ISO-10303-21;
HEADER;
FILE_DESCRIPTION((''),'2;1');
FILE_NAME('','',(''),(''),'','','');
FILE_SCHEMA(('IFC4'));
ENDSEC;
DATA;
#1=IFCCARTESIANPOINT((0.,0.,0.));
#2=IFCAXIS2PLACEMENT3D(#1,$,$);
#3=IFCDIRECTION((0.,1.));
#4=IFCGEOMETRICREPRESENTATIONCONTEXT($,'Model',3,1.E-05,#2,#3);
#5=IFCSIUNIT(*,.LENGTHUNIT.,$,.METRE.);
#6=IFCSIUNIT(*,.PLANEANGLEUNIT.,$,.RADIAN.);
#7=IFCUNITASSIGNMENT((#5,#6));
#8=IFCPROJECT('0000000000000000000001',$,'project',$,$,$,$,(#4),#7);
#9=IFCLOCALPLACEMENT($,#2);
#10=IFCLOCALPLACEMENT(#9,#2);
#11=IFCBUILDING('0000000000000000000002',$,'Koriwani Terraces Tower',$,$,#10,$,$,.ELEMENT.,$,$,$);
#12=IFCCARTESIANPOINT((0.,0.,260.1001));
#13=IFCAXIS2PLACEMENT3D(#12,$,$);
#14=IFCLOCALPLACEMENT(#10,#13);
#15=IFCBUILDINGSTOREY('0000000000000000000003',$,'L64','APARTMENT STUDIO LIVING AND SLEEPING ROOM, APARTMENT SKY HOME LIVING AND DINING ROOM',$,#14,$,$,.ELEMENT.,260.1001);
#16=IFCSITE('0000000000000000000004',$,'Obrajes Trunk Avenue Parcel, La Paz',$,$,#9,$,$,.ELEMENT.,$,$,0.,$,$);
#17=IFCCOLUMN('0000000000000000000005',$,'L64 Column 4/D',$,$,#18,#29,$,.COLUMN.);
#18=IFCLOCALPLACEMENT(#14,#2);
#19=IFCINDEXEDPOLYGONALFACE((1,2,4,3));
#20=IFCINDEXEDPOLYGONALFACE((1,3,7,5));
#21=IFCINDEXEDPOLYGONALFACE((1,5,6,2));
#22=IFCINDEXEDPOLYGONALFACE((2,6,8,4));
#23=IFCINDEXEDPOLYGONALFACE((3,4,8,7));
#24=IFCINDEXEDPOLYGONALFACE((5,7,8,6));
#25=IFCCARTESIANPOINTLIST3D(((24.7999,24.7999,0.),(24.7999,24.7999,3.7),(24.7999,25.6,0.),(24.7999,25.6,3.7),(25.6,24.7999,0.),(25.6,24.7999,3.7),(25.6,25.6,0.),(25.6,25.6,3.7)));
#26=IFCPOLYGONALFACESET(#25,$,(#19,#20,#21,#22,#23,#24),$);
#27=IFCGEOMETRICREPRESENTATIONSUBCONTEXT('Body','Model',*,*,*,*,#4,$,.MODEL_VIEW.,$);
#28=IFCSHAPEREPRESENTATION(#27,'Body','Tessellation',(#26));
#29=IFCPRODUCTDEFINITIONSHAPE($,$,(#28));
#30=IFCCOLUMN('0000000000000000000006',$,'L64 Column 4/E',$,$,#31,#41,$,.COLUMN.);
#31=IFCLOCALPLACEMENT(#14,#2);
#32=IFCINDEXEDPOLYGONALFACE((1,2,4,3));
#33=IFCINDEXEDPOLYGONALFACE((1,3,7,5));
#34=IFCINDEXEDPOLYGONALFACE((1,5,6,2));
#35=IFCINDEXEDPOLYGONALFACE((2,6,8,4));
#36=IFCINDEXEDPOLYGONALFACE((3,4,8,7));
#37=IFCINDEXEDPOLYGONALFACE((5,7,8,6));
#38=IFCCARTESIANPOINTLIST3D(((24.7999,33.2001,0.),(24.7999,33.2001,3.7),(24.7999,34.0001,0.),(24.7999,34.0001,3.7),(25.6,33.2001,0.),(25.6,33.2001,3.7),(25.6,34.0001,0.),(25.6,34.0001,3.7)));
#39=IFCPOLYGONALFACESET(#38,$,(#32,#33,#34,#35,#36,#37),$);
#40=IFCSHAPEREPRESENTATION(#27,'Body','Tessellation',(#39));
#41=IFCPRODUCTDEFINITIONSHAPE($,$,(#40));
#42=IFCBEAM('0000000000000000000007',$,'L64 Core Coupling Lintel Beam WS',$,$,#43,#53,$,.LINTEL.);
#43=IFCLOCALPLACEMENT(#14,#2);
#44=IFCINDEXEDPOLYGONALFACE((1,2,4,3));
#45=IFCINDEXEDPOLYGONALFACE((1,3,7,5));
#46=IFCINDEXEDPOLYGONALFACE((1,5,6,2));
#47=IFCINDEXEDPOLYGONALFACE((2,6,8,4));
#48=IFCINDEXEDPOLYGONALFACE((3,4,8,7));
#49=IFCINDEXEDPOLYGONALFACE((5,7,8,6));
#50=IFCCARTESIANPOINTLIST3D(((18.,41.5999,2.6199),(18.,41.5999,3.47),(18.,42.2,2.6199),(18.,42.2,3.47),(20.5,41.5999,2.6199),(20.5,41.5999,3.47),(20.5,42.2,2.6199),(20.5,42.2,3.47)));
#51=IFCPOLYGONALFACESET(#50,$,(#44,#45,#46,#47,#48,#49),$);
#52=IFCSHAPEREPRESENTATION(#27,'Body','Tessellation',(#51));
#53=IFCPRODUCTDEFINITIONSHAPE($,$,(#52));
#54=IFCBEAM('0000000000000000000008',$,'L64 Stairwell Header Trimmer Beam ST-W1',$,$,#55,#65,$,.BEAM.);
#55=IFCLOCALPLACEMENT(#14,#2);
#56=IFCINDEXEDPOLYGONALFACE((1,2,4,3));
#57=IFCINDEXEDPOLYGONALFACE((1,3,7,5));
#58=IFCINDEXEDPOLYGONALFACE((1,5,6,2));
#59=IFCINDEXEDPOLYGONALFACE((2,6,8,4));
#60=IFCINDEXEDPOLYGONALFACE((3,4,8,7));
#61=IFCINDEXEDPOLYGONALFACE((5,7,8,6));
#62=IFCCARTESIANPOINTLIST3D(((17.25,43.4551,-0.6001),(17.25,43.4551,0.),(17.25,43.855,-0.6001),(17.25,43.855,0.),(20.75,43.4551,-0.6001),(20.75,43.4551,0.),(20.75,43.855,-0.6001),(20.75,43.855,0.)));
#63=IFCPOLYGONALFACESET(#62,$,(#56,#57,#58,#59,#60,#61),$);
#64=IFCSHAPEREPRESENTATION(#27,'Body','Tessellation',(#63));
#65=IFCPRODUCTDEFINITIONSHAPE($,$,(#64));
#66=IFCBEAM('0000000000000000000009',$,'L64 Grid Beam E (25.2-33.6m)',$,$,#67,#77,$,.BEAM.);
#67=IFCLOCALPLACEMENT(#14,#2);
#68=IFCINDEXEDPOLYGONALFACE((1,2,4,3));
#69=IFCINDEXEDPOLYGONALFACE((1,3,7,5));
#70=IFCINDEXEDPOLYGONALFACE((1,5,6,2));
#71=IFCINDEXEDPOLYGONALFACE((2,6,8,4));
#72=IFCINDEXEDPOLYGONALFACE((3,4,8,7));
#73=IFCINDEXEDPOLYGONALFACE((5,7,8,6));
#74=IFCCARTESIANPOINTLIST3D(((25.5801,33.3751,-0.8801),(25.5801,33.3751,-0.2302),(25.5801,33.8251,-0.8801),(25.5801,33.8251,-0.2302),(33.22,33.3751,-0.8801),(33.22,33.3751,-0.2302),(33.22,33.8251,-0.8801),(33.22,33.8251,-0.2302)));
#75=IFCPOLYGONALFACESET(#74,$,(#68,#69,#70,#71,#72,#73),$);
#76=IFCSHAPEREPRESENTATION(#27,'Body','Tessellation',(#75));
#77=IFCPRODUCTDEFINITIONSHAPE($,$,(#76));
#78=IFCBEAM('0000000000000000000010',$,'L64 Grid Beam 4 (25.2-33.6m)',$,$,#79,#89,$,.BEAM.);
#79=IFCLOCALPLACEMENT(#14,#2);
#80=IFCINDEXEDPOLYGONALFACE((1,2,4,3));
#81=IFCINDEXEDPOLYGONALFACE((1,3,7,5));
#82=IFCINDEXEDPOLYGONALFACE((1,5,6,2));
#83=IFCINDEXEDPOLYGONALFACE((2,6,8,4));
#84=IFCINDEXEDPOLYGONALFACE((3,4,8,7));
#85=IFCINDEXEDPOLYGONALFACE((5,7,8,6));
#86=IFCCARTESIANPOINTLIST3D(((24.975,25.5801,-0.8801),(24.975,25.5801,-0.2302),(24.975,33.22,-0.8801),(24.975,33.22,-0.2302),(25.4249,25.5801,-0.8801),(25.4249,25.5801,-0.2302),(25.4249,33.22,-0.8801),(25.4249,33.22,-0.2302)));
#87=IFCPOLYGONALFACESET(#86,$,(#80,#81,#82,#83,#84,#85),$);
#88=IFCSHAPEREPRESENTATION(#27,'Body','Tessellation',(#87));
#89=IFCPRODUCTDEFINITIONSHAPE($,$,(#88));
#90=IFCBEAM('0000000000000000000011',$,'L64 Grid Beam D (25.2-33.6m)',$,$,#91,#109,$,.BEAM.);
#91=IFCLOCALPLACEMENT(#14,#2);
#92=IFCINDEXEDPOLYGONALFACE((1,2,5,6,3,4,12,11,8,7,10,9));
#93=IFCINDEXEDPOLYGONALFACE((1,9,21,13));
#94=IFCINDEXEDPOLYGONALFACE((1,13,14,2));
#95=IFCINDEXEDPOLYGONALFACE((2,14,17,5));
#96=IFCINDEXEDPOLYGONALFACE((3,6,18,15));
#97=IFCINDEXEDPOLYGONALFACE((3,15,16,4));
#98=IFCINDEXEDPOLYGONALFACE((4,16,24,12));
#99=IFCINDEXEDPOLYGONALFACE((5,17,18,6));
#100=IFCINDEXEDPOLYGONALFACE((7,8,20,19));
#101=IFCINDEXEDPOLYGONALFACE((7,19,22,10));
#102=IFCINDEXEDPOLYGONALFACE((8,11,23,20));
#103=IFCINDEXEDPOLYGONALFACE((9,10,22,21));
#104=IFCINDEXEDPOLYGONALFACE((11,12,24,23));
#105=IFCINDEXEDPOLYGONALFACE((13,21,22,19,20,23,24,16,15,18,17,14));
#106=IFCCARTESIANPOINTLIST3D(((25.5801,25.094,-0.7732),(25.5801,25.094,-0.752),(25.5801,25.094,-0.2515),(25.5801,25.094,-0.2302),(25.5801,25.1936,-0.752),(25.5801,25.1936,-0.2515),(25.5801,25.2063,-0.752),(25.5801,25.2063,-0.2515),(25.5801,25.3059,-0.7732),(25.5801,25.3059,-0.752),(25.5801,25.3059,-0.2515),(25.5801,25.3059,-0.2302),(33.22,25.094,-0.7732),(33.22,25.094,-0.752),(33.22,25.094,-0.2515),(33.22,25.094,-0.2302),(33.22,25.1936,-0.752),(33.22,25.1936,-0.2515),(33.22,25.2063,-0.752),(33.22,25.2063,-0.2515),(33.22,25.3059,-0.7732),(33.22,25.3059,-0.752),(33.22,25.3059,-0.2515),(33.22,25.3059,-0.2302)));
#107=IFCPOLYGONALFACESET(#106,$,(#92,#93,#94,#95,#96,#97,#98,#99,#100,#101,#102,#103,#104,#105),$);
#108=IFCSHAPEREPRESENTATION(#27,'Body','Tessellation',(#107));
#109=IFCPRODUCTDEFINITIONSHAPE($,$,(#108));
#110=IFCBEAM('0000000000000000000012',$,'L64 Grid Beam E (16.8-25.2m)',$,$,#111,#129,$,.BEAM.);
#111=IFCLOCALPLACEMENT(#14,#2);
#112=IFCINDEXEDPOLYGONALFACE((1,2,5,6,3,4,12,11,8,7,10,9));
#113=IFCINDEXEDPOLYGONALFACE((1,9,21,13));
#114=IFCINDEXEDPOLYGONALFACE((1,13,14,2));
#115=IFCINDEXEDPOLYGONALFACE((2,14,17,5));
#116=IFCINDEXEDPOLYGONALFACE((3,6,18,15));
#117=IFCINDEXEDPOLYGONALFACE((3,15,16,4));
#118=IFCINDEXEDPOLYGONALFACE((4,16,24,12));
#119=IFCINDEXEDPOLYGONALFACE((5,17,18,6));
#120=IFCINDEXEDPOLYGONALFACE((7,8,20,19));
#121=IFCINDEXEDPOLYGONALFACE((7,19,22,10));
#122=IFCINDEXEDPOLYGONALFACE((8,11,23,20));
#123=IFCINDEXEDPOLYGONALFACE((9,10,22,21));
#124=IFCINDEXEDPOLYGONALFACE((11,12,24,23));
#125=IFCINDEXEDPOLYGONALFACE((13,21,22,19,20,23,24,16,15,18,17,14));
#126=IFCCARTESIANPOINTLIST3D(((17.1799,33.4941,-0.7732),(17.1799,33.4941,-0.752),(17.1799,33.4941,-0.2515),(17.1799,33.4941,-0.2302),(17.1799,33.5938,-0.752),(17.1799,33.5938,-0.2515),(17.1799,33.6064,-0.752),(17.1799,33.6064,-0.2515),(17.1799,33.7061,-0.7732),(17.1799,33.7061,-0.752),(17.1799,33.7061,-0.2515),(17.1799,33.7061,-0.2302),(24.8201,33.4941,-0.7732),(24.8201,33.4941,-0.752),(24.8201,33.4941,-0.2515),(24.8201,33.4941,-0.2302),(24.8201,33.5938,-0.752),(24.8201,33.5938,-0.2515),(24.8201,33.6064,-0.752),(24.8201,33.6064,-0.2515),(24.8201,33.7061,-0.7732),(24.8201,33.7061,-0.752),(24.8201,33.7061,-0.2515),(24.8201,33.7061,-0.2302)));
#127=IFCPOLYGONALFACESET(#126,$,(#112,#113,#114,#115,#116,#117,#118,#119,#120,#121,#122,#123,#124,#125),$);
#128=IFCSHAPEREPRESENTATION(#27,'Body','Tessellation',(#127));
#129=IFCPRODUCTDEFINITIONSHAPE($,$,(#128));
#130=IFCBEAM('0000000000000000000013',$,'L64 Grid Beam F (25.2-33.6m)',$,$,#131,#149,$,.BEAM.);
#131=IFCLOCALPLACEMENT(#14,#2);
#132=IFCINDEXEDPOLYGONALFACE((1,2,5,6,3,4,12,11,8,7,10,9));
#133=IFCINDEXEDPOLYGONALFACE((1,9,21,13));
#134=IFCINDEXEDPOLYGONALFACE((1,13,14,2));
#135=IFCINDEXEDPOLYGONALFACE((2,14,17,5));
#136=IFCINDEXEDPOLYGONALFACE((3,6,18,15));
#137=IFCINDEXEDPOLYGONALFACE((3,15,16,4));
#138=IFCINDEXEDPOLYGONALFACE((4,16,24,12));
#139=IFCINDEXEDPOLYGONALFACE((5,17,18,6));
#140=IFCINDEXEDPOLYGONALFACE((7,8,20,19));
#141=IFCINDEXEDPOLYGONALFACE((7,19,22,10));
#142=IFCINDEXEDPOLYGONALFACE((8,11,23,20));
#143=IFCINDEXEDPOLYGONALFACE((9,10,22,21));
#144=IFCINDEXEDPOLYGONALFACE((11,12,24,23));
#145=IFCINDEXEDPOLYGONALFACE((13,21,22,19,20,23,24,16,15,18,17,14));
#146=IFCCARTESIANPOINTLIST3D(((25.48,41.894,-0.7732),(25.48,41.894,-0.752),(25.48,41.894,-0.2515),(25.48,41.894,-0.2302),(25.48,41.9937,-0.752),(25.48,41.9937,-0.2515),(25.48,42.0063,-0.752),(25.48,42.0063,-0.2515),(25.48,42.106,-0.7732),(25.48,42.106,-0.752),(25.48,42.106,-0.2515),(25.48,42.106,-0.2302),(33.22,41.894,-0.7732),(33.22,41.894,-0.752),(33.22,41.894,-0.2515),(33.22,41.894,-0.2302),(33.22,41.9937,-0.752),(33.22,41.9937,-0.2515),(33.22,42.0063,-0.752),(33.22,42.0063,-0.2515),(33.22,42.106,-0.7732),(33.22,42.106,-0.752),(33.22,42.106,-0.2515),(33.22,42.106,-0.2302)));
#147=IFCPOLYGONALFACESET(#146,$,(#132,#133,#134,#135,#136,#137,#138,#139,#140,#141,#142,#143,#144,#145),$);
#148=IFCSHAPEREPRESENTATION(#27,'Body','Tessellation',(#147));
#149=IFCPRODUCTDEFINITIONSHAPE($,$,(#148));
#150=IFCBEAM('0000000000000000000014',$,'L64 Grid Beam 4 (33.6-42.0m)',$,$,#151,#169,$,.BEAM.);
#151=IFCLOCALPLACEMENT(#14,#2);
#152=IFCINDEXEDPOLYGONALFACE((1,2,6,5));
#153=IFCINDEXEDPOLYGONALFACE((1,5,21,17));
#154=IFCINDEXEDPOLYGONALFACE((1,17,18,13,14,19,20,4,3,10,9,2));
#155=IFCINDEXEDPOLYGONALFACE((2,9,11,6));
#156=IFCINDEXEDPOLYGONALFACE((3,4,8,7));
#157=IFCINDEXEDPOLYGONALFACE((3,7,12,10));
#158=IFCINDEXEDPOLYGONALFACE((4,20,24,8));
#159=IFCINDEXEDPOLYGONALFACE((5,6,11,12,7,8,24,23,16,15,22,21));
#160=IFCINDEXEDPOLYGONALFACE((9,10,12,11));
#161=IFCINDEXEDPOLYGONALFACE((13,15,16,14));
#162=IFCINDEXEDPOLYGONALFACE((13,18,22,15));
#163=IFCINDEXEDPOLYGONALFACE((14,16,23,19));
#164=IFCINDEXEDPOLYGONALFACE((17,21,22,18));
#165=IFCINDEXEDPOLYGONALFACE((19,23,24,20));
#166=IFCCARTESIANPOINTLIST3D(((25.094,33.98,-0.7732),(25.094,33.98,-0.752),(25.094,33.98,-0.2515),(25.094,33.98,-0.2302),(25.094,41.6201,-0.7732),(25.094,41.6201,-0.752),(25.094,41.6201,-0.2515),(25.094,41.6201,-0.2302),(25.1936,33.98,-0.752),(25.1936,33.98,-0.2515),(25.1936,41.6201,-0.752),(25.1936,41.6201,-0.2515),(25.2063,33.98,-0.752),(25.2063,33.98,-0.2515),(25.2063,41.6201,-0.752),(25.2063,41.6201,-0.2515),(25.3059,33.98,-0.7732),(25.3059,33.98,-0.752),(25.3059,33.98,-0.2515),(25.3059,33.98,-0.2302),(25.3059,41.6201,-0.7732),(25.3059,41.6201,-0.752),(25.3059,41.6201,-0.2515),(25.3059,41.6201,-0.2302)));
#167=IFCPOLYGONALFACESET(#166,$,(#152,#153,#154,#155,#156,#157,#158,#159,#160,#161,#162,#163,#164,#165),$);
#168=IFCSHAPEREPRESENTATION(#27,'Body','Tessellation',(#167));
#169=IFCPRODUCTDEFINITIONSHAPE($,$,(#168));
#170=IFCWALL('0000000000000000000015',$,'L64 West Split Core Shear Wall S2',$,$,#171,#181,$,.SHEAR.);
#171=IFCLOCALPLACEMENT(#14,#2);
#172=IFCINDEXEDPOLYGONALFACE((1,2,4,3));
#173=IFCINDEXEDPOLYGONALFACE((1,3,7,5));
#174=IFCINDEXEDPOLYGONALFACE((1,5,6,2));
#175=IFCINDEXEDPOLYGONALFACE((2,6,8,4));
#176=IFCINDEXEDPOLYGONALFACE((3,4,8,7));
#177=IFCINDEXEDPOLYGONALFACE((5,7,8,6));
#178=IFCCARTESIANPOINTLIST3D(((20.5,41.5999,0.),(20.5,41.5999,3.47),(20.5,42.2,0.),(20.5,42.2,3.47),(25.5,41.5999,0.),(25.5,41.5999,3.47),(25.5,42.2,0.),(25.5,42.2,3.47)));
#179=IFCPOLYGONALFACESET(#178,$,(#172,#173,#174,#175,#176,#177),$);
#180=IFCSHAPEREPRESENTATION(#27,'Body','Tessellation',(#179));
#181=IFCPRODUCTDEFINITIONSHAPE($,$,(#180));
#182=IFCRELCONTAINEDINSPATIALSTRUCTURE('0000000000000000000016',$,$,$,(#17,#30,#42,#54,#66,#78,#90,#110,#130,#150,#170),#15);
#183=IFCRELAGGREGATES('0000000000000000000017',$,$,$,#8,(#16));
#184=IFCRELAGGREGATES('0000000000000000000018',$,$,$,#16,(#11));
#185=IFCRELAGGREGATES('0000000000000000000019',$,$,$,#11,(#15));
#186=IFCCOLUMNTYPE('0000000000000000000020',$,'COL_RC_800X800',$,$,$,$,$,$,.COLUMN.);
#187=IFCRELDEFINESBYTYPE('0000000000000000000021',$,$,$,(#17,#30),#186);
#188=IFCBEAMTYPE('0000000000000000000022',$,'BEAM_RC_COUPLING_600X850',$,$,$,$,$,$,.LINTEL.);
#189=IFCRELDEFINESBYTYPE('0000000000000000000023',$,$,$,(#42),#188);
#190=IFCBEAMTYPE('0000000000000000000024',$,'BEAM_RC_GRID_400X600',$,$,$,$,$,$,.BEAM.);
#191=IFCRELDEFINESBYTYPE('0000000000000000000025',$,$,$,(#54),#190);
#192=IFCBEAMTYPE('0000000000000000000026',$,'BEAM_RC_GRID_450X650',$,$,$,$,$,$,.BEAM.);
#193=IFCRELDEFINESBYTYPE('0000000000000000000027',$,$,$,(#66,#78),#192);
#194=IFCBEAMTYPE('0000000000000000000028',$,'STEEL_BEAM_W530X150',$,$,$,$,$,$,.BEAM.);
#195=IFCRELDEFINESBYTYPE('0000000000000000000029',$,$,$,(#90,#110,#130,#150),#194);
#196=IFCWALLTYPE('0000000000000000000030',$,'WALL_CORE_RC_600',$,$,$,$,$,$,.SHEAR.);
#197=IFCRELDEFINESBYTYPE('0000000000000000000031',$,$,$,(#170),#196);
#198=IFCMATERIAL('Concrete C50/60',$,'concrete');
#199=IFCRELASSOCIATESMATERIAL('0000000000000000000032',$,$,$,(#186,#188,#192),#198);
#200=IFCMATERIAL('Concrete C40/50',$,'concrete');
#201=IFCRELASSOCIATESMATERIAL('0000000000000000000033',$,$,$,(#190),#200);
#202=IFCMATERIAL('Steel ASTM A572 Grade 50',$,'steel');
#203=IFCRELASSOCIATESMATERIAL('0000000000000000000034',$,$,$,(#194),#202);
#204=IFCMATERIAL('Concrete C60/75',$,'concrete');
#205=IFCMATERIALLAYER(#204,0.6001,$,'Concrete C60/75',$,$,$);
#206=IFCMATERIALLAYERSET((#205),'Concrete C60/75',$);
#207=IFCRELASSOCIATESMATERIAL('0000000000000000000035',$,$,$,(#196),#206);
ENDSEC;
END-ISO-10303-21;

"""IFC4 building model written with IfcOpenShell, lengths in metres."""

from ifc_helpers import new_model, si_unit, direction, frame, frame_2d, origin, origin_2d, place, context, subcontext, project, spatial, rectangle, i_section, extrude, material, layer, layer_set, material_profile, profile_set, type_object, element, save


model = new_model("IFC4")

# Units and contexts
model_context = context("Model", 3, precision=1e-05, world=origin(), true_north=direction((0.0, 1.0)))
body_context = subcontext(model_context, "Body", "Model", "MODEL_VIEW")
ifc_project = project(units=[si_unit("LENGTHUNIT", "METRE"), si_unit("PLANEANGLEUNIT", "RADIAN")], contexts=[model_context])

# Site, building, storey
site_placement = place(None, origin())
site = spatial("IfcSite", under=ifc_project, at=site_placement, Name="Obrajes Trunk Avenue Parcel, La Paz", CompositionType="ELEMENT", RefElevation=0.0)
building_placement = place(site_placement, origin())
building = spatial("IfcBuilding", under=site, at=building_placement, Name="Koriwani Terraces Tower", CompositionType="ELEMENT")
storey_placement = place(building_placement, frame((0.0, 0.0, 260.1001)))
storey = spatial("IfcBuildingStorey", under=building, at=storey_placement, Name="L64", Description="APARTMENT STUDIO LIVING AND SLEEPING ROOM, APARTMENT SKY HOME LIVING AND DINING ROOM", CompositionType="ELEMENT", Elevation=260.1001)

# Columns
ifc_material_1 = material(Name="Concrete C50/60", Category="concrete")
ifc_material_profile_1 = material_profile(ifc_material_1, rectangle(XDim=0.8, YDim=0.8, at=origin_2d()), Name="Concrete C50/60", Category="LoadBearing")
ifc_profile_set_1 = profile_set([ifc_material_profile_1], Name="Concrete C50/60")
column_type = type_object("IfcColumnType", Name="COL_RC_800X800", PredefinedType="COLUMN", material=ifc_profile_set_1)
for number, where, z_axis, x_axis, name in (
    (1, (25.2, 25.2, 0.0), (0.0, 0.0, 1.0), (1.0, 0.0, 0.0), "L64 Column 4/D"),
    (2, (25.2, 33.6001, 0.0), (0.0, 0.0, 1.0), (1.0, 0.0, 0.0), "L64 Column 4/E"),
):
    element("IfcColumn", number, at=place(storey_placement, frame(where, z_axis=z_axis, x_axis=x_axis)), inside=storey, type_object=column_type, Name=name, PredefinedType="COLUMN", context=body_context, shape_type="SweptSolid", body=[
        extrude(rectangle(XDim=0.8, YDim=0.8, at=origin_2d()), origin(), (0.0, 0.0, 1.0), 3.7),
    ])

# Beams
ifc_material_profile_2 = material_profile(ifc_material_1, rectangle(XDim=0.6001, YDim=0.8501, at=origin_2d()), Name="Concrete C50/60", Category="LoadBearing")
ifc_profile_set_2 = profile_set([ifc_material_profile_2], Name="Concrete C50/60")
beam_type_1 = type_object("IfcBeamType", Name="BEAM_RC_COUPLING_600X850", PredefinedType="LINTEL", material=ifc_profile_set_2)
beam_1_placement = place(storey_placement, frame((18.0, 41.8999, 3.0449), z_axis=(1.0, 0.0, 0.0), x_axis=(0.0, 1.0, 0.0)))
element("IfcBeam", 3, at=beam_1_placement, inside=storey, type_object=beam_type_1, Name="L64 Core Coupling Lintel Beam WS", PredefinedType="LINTEL", context=body_context, shape_type="SweptSolid", body=[
    extrude(rectangle(XDim=0.6001, YDim=0.8501, at=origin_2d()), origin(), (0.0, 0.0, 1.0), 2.5),
])
ifc_material_2 = material(Name="Concrete C40/50", Category="concrete")
ifc_material_profile_3 = material_profile(ifc_material_2, rectangle(XDim=0.3999, YDim=0.6001, at=origin_2d()), Name="Concrete C40/50", Category="LoadBearing")
ifc_profile_set_3 = profile_set([ifc_material_profile_3], Name="Concrete C40/50")
beam_type_2 = type_object("IfcBeamType", Name="BEAM_RC_GRID_400X600", PredefinedType="BEAM", material=ifc_profile_set_3)
beam_2_placement = place(storey_placement, frame((17.25, 43.655, -0.3), z_axis=(1.0, 0.0, 0.0), x_axis=(0.0, 1.0, 0.0)))
element("IfcBeam", 4, at=beam_2_placement, inside=storey, type_object=beam_type_2, Name="L64 Stairwell Header Trimmer Beam ST-W1", PredefinedType="BEAM", context=body_context, shape_type="SweptSolid", body=[
    extrude(rectangle(XDim=0.3999, YDim=0.6001, at=origin_2d()), origin(), (0.0, 0.0, 1.0), 3.5),
])
ifc_material_profile_4 = material_profile(ifc_material_1, rectangle(XDim=0.45, YDim=0.6499, at=origin_2d()), Name="Concrete C50/60", Category="LoadBearing")
ifc_profile_set_4 = profile_set([ifc_material_profile_4], Name="Concrete C50/60")
beam_type_3 = type_object("IfcBeamType", Name="BEAM_RC_GRID_450X650", PredefinedType="BEAM", material=ifc_profile_set_4)
for number, where, z_axis, x_axis, name in (
    (5, (25.5801, 33.6001, -0.5552), (1.0, 0.0, 0.0), (0.0, 1.0, 0.0), "L64 Grid Beam E (25.2-33.6m)"),
    (6, (25.2, 25.5801, -0.5552), (0.0, 1.0, 0.0), (-1.0, 0.0, 0.0), "L64 Grid Beam 4 (25.2-33.6m)"),
):
    element("IfcBeam", number, at=place(storey_placement, frame(where, z_axis=z_axis, x_axis=x_axis)), inside=storey, type_object=beam_type_3, Name=name, PredefinedType="BEAM", context=body_context, shape_type="SweptSolid", body=[
        extrude(rectangle(XDim=0.45, YDim=0.6499, at=origin_2d()), origin(), (0.0, 0.0, 1.0), 7.6399),
    ])
ifc_material_3 = material(Name="Steel ASTM A572 Grade 50", Category="steel")
ifc_material_profile_5 = material_profile(ifc_material_3, i_section(OverallWidth=0.2119, OverallDepth=0.543, WebThickness=0.0127, FlangeThickness=0.0212, at=origin_2d()), Name="Steel ASTM A572 Grade 50", Category="LoadBearing")
ifc_profile_set_5 = profile_set([ifc_material_profile_5], Name="Steel ASTM A572 Grade 50")
beam_type_4 = type_object("IfcBeamType", Name="STEEL_BEAM_W530X150", PredefinedType="BEAM", material=ifc_profile_set_5)
beam_3_placement = place(storey_placement, frame((25.5801, 25.2, -0.5017), z_axis=(1.0, 0.0, 0.0), x_axis=(0.0, 1.0, 0.0)))
element("IfcBeam", 7, at=beam_3_placement, inside=storey, type_object=beam_type_4, Name="L64 Grid Beam D (25.2-33.6m)", PredefinedType="BEAM", context=body_context, shape_type="SweptSolid", body=[
    extrude(i_section(OverallWidth=0.2119, OverallDepth=0.543, WebThickness=0.0127, FlangeThickness=0.0212, at=origin_2d()), origin(), (0.0, 0.0, 1.0), 7.6399),
])
beam_4_placement = place(storey_placement, frame((17.1799, 33.6001, -0.5017), z_axis=(1.0, 0.0, 0.0), x_axis=(0.0, 1.0, 0.0)))
element("IfcBeam", 8, at=beam_4_placement, inside=storey, type_object=beam_type_4, Name="L64 Grid Beam E (16.8-25.2m)", PredefinedType="BEAM", context=body_context, shape_type="SweptSolid", body=[
    extrude(i_section(OverallWidth=0.2119, OverallDepth=0.543, WebThickness=0.0127, FlangeThickness=0.0212, at=origin_2d()), origin(), (0.0, 0.0, 1.0), 7.6401),
])
beam_5_placement = place(storey_placement, frame((25.48, 42.0, -0.5017), z_axis=(1.0, 0.0, 0.0), x_axis=(0.0, 1.0, 0.0)))
element("IfcBeam", 9, at=beam_5_placement, inside=storey, type_object=beam_type_4, Name="L64 Grid Beam F (25.2-33.6m)", PredefinedType="BEAM", context=body_context, shape_type="SweptSolid", body=[
    extrude(i_section(OverallWidth=0.2119, OverallDepth=0.543, WebThickness=0.0127, FlangeThickness=0.0212, at=origin_2d()), origin(), (0.0, 0.0, 1.0), 7.74),
])
beam_6_placement = place(storey_placement, frame((25.2, 33.98, -0.5017), z_axis=(0.0, 1.0, 0.0), x_axis=(-1.0, 0.0, 0.0)))
element("IfcBeam", 10, at=beam_6_placement, inside=storey, type_object=beam_type_4, Name="L64 Grid Beam 4 (33.6-42.0m)", PredefinedType="BEAM", context=body_context, shape_type="SweptSolid", body=[
    extrude(i_section(OverallWidth=0.2119, OverallDepth=0.543, WebThickness=0.0127, FlangeThickness=0.0212, at=origin_2d()), origin(), (0.0, 0.0, 1.0), 7.6401),
])

# Wall
ifc_material_4 = material(Name="Concrete C60/75", Category="concrete")
ifc_layer_1 = layer(ifc_material_4, 0.6001, Name="Concrete C60/75")
ifc_layer_set_1 = layer_set([ifc_layer_1], Name="Concrete C60/75")
wall_type_1 = type_object("IfcWallType", Name="WALL_CORE_RC_600", PredefinedType="SHEAR", material=ifc_layer_set_1)
wall_1_placement = place(storey_placement, frame((20.5, 41.8999, 0.0), z_axis=(0.0, 0.0, 1.0), x_axis=(1.0, 0.0, 0.0)))
element("IfcWall", 11, at=wall_1_placement, inside=storey, type_object=wall_type_1, Name="L64 West Split Core Shear Wall S2", PredefinedType="SHEAR", context=body_context, shape_type="SweptSolid", body=[
    extrude(rectangle(XDim=5.0, YDim=0.6001, at=frame_2d((2.5, 0.0))), origin(), (0.0, 0.0, 1.0), 3.47),
])

save(model, "model.ifc")
